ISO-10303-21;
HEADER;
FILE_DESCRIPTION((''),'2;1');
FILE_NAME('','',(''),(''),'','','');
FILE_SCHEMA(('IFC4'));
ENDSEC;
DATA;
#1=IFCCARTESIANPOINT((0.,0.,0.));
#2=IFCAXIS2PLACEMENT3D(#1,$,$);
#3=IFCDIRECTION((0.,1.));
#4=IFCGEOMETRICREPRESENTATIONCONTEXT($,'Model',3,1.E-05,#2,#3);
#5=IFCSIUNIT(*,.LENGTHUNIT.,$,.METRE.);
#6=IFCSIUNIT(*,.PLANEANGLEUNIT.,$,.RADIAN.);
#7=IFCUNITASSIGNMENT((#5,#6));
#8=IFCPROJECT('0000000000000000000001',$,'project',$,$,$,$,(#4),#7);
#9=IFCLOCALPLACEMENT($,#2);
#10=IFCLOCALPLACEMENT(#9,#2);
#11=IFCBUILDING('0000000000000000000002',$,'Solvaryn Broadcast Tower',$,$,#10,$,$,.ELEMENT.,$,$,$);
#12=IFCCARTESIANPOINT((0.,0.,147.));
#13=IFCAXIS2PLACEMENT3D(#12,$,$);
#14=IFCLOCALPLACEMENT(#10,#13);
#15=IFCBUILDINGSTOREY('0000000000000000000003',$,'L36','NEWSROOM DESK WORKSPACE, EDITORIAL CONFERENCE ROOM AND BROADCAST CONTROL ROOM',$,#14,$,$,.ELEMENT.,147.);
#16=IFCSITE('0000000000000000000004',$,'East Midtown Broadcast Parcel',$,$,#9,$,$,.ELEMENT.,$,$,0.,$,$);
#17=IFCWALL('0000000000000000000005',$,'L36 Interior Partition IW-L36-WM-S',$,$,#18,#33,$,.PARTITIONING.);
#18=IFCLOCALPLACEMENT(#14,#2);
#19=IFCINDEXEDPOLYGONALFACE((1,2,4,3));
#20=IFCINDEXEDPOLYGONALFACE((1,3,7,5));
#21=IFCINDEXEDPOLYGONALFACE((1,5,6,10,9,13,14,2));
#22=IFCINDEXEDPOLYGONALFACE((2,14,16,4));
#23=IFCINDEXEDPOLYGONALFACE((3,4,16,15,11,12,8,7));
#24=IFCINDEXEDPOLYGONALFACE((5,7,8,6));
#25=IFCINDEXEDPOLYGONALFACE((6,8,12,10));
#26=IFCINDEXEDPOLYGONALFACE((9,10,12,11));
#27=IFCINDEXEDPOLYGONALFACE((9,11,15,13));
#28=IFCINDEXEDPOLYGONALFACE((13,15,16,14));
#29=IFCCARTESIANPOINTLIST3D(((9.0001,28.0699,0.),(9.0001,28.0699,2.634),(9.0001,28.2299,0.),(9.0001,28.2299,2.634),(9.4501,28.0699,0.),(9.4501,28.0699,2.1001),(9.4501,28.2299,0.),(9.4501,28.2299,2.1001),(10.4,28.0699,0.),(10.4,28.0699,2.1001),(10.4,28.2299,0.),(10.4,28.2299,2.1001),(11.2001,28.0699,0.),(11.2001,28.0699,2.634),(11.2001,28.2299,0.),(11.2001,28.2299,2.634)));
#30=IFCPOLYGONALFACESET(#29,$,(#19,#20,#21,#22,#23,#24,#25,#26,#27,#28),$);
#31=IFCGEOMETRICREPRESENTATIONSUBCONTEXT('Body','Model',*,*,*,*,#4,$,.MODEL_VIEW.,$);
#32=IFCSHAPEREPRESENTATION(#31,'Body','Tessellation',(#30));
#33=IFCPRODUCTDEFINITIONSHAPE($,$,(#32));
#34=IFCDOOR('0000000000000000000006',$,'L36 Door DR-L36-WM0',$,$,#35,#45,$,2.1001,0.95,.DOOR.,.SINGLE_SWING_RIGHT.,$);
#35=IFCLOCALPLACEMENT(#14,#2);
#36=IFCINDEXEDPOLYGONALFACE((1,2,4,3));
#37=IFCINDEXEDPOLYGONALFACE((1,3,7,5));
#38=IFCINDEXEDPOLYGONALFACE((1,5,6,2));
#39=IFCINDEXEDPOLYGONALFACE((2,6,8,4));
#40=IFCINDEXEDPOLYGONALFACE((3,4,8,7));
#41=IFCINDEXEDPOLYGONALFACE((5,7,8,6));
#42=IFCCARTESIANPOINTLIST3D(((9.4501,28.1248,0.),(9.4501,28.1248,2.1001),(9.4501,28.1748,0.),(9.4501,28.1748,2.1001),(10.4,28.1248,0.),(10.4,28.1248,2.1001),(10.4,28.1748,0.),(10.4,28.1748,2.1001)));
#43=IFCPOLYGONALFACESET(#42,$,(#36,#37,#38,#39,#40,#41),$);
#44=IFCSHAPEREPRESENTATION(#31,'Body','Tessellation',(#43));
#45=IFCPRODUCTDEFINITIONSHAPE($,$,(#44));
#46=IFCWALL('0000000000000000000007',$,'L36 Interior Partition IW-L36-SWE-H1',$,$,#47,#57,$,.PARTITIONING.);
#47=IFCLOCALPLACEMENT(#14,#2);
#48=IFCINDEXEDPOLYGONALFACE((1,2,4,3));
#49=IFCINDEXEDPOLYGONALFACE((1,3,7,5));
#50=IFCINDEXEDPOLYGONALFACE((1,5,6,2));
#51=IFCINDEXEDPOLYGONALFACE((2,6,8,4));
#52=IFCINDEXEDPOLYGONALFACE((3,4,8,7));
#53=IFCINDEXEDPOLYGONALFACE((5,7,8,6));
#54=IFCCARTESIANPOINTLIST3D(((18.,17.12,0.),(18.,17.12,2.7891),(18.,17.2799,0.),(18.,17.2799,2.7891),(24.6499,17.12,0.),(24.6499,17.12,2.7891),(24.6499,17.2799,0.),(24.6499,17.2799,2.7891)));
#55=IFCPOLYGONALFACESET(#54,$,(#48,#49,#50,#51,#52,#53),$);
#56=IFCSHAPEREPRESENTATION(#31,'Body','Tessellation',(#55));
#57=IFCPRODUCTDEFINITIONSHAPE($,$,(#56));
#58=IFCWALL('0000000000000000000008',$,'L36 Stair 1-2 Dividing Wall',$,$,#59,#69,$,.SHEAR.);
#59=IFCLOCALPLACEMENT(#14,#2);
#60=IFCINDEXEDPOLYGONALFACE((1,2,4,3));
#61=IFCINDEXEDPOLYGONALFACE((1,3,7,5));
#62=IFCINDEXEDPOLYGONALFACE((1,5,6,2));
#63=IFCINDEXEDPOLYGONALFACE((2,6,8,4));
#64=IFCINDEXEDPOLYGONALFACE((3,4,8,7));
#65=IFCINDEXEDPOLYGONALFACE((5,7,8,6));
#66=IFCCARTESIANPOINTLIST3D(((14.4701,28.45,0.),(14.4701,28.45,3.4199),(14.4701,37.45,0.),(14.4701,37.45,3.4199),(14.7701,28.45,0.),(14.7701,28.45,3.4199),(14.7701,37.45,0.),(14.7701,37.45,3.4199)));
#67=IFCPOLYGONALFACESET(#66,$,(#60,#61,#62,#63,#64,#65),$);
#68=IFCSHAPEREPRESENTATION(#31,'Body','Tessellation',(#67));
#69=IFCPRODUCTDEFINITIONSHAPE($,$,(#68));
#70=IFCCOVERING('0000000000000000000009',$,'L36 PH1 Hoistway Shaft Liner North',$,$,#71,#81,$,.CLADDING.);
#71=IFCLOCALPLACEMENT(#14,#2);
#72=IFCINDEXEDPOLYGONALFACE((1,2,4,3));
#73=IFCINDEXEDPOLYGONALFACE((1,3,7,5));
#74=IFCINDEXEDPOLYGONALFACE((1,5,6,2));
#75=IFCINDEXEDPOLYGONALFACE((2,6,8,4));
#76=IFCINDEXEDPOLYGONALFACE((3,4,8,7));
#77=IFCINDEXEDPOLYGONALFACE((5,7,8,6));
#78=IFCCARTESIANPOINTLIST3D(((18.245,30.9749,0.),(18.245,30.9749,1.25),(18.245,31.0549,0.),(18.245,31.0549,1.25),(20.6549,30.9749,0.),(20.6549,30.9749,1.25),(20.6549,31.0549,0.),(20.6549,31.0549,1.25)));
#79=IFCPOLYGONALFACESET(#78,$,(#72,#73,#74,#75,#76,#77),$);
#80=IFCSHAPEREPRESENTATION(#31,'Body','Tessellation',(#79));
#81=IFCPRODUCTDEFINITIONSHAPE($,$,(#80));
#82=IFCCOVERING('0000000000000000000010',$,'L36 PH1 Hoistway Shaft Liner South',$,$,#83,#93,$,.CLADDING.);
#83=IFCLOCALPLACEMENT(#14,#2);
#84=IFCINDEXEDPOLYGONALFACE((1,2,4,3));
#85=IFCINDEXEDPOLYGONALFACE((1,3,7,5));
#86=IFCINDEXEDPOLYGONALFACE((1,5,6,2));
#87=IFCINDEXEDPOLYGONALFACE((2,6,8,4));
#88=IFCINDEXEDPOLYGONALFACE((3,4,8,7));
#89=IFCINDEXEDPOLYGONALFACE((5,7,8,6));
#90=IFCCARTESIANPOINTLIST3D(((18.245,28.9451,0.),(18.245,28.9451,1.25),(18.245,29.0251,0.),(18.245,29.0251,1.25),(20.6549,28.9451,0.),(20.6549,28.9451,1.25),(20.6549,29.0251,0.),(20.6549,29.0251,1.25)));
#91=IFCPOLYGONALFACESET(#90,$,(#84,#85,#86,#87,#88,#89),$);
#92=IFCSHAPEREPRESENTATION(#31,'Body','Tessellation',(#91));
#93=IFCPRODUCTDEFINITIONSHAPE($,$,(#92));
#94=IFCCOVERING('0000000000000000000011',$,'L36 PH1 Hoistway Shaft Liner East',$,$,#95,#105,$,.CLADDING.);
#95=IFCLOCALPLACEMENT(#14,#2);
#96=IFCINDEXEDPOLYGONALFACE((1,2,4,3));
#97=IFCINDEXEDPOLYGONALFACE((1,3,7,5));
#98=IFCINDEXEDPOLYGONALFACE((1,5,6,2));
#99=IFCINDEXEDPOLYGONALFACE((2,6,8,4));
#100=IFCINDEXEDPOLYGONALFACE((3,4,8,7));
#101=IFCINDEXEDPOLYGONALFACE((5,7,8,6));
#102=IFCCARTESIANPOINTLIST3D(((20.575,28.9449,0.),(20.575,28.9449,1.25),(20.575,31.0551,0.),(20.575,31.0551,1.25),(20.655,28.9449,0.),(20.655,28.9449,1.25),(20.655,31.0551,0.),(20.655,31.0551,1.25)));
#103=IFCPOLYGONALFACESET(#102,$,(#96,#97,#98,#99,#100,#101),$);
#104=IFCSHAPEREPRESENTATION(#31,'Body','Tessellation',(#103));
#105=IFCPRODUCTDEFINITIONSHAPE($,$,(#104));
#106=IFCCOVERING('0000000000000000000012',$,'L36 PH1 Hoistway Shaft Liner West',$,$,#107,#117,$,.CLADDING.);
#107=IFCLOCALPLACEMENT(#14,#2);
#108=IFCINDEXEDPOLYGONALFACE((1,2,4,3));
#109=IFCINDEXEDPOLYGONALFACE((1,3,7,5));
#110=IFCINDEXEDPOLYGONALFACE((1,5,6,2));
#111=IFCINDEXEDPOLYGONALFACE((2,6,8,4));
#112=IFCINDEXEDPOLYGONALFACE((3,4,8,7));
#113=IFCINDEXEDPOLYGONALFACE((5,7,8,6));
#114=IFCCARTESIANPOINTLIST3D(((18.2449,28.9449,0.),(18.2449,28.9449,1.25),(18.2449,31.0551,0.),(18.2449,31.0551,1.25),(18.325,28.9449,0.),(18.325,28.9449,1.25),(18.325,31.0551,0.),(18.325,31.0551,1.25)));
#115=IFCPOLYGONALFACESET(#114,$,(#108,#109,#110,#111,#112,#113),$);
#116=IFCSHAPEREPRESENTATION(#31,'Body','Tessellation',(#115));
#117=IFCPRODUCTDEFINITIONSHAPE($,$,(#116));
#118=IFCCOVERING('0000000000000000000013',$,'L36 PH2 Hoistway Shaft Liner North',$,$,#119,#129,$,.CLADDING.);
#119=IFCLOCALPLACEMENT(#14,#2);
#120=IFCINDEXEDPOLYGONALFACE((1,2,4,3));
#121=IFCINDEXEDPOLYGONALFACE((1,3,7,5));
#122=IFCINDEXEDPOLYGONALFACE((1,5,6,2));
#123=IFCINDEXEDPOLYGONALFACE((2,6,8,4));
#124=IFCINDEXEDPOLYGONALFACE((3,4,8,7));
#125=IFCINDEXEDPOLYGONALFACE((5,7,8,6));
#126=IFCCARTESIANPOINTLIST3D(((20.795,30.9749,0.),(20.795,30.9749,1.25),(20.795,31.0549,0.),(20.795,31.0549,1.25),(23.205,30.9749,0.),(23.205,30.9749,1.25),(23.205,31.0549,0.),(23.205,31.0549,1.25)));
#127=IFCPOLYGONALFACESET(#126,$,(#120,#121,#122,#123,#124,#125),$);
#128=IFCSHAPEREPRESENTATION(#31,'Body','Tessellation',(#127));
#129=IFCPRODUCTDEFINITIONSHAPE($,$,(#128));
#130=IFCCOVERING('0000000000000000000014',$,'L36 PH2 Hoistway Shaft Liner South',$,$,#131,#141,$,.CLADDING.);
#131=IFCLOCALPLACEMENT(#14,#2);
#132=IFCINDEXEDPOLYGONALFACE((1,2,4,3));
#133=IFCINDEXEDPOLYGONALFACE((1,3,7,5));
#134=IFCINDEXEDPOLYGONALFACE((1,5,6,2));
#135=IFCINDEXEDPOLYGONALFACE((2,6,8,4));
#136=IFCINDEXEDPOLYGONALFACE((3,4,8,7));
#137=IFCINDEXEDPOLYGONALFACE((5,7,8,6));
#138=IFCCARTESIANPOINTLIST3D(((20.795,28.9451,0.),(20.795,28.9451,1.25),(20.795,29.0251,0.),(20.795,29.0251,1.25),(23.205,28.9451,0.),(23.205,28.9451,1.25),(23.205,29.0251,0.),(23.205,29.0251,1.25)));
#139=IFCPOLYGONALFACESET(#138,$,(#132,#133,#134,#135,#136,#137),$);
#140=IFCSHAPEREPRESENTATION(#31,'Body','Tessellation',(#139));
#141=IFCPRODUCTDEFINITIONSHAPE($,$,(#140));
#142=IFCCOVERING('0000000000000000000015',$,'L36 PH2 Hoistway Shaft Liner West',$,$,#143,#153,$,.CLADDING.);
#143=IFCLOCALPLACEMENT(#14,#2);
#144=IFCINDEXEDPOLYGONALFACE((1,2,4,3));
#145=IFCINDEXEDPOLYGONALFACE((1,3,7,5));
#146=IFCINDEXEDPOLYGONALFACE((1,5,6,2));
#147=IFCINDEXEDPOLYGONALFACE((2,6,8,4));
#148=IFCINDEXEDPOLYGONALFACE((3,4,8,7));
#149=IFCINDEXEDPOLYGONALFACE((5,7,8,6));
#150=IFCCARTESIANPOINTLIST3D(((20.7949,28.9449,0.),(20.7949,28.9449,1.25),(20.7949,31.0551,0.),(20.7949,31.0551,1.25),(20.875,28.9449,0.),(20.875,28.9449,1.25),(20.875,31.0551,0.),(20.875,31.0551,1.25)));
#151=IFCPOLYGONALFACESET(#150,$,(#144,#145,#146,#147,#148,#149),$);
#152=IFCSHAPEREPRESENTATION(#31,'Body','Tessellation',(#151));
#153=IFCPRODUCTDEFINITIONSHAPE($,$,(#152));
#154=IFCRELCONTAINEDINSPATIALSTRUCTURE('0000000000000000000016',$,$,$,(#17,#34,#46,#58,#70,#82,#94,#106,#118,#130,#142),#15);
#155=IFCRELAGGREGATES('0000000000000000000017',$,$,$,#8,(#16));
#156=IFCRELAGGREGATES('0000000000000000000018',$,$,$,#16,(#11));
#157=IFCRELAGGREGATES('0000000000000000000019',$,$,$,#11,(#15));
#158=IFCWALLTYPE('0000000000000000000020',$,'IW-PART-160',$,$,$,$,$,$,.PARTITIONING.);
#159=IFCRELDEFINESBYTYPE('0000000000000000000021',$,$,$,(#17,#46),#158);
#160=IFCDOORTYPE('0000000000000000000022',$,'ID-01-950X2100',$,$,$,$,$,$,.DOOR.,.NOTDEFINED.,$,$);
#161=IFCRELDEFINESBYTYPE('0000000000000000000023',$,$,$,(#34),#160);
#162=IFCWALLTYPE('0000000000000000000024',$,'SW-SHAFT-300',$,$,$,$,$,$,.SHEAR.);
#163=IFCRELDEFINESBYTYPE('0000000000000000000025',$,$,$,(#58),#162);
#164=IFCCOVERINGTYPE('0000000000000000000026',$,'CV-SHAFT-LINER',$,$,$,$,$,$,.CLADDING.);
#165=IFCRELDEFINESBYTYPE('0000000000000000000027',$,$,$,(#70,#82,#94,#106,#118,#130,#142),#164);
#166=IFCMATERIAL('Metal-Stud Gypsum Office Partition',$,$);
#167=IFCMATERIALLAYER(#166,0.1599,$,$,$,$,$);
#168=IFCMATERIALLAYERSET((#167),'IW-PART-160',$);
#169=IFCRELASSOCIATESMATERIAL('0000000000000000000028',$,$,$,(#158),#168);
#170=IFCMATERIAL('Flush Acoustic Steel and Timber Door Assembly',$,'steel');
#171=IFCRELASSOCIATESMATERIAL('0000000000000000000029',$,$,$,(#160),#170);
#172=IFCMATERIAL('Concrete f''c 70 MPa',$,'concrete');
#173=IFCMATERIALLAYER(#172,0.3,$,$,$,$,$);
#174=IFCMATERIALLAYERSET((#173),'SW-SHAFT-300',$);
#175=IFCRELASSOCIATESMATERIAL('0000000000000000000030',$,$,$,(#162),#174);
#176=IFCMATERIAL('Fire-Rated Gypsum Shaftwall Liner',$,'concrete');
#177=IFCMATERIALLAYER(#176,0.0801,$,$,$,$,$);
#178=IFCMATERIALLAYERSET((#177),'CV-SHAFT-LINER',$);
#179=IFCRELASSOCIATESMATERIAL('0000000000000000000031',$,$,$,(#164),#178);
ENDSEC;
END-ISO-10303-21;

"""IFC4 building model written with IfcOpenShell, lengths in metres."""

from ifc_helpers import new_model, si_unit, direction, frame, frame_2d, origin, origin_2d, place, context, subcontext, project, spatial, rectangle, extrude, material, layer, layer_set, type_object, element, fill, save


model = new_model("IFC4")

# Units and contexts
model_context = context("Model", 3, precision=1e-05, world=origin(), true_north=direction((0.0, 1.0)))
body_context = subcontext(model_context, "Body", "Model", "MODEL_VIEW")
ifc_project = project(units=[si_unit("LENGTHUNIT", "METRE"), si_unit("PLANEANGLEUNIT", "RADIAN")], contexts=[model_context])

# Site, building, storey
site_placement = place(None, origin())
site = spatial("IfcSite", under=ifc_project, at=site_placement, Name="East Midtown Broadcast Parcel", CompositionType="ELEMENT", RefElevation=0.0)
building_placement = place(site_placement, origin())
building = spatial("IfcBuilding", under=site, at=building_placement, Name="Solvaryn Broadcast Tower", CompositionType="ELEMENT")
storey_placement = place(building_placement, frame((0.0, 0.0, 147.0)))
storey = spatial("IfcBuildingStorey", under=building, at=storey_placement, Name="L36", Description="NEWSROOM DESK WORKSPACE, EDITORIAL CONFERENCE ROOM AND BROADCAST CONTROL ROOM", CompositionType="ELEMENT", Elevation=147.0)

# Wall, opening, door
ifc_material_1 = material(Name="Metal-Stud Gypsum Office Partition")
ifc_layer_1 = layer(ifc_material_1, 0.1599)
ifc_layer_set_1 = layer_set([ifc_layer_1], Name="IW-PART-160")
wall_type_1 = type_object("IfcWallType", Name="IW-PART-160", PredefinedType="PARTITIONING", material=ifc_layer_set_1)
wall_1_placement = place(storey_placement, frame((9.0, 28.1499, 0.0), z_axis=(0.0, 0.0, 1.0), x_axis=(1.0, 0.0, 0.0)))
wall_1 = element("IfcWall", 1, at=wall_1_placement, inside=storey, type_object=wall_type_1, Name="L36 Interior Partition IW-L36-WM-S", PredefinedType="PARTITIONING", context=body_context, shape_type="SweptSolid", body=[
    extrude(rectangle(XDim=2.2, YDim=0.1599, at=frame_2d((1.1001, 0.0))), origin(), (0.0, 0.0, 1.0), 2.634),
])
opening_placement = place(wall_1_placement, frame((0.45, 0.0, 0.0)))
opening = element("IfcOpeningElement", 2, at=opening_placement, cuts=wall_1, PredefinedType="OPENING", context=body_context, shape_type="SweptSolid", body=[
    extrude(rectangle(XDim=0.95, YDim=2.1001, at=frame_2d((0.4751, 1.05))), frame((0.0, 0.0901, 0.0), z_axis=(0.0, -1.0, 0.0), x_axis=(1.0, 0.0, 0.0)), (0.0, 0.0, 1.0), 0.1799),
])
ifc_material_2 = material(Name="Flush Acoustic Steel and Timber Door Assembly", Category="steel")
door_type = type_object("IfcDoorType", Name="ID-01-950X2100", OperationType="NOTDEFINED", PredefinedType="DOOR", material=ifc_material_2)
door_placement = place(opening_placement, origin())
door = element("IfcDoor", 3, at=door_placement, inside=storey, type_object=door_type, Name="L36 Door DR-L36-WM0", OperationType="SINGLE_SWING_RIGHT", OverallHeight=2.1001, OverallWidth=0.95, PredefinedType="DOOR", context=body_context, shape_type="SweptSolid", body=[
    extrude(rectangle(XDim=0.95, YDim=2.1001, at=frame_2d((0.4751, 1.05))), frame((0.0, 0.0249, 0.0), z_axis=(0.0, -1.0, 0.0), x_axis=(1.0, 0.0, 0.0)), (0.0, 0.0, 1.0), 0.05),
])
fill(opening, door)

# Walls
wall_2_placement = place(storey_placement, frame((18.0, 17.2, 0.0), z_axis=(0.0, 0.0, 1.0), x_axis=(1.0, 0.0, 0.0)))
element("IfcWall", 4, at=wall_2_placement, inside=storey, type_object=wall_type_1, Name="L36 Interior Partition IW-L36-SWE-H1", PredefinedType="PARTITIONING", context=body_context, shape_type="SweptSolid", body=[
    extrude(rectangle(XDim=6.6499, YDim=0.1599, at=frame_2d((3.325, 0.0))), origin(), (0.0, 0.0, 1.0), 2.7891),
])
ifc_material_3 = material(Name="Concrete f'c 70 MPa", Category="concrete")
ifc_layer_2 = layer(ifc_material_3, 0.3)
ifc_layer_set_2 = layer_set([ifc_layer_2], Name="SW-SHAFT-300")
wall_type_2 = type_object("IfcWallType", Name="SW-SHAFT-300", PredefinedType="SHEAR", material=ifc_layer_set_2)
wall_3_placement = place(storey_placement, frame((14.6201, 28.45, 0.0), z_axis=(0.0, 0.0, 1.0), x_axis=(0.0, 1.0, 0.0)))
element("IfcWall", 5, at=wall_3_placement, inside=storey, type_object=wall_type_2, Name="L36 Stair 1-2 Dividing Wall", PredefinedType="SHEAR", context=body_context, shape_type="SweptSolid", body=[
    extrude(rectangle(XDim=9.0, YDim=0.3, at=frame_2d((4.5, 0.0))), origin(), (0.0, 0.0, 1.0), 3.4199),
])

# Coverings
ifc_material_4 = material(Name="Fire-Rated Gypsum Shaftwall Liner", Category="concrete")
ifc_layer_3 = layer(ifc_material_4, 0.0801)
ifc_layer_set_3 = layer_set([ifc_layer_3], Name="CV-SHAFT-LINER")
covering_type = type_object("IfcCoveringType", Name="CV-SHAFT-LINER", PredefinedType="CLADDING", material=ifc_layer_set_3)
for number, where, z_axis, x_axis, name in (
    (6, (19.45, 31.0149, 0.0), (0.0, 0.0, 1.0), (1.0, 0.0, 0.0), "L36 PH1 Hoistway Shaft Liner North"),
    (7, (19.45, 28.9851, 0.0), (0.0, 0.0, 1.0), (1.0, 0.0, 0.0), "L36 PH1 Hoistway Shaft Liner South"),
):
    element("IfcCovering", number, at=place(storey_placement, frame(where, z_axis=z_axis, x_axis=x_axis)), inside=storey, type_object=covering_type, Name=name, PredefinedType="CLADDING", context=body_context, shape_type="SweptSolid", body=[
        extrude(rectangle(XDim=2.4099, YDim=0.0801, at=origin_2d()), origin(), (0.0, 0.0, 1.0), 1.25),
    ])
for number, where, z_axis, x_axis, name in (
    (8, (20.615, 30.0, 0.0), (0.0, 0.0, 1.0), (1.0, 0.0, 0.0), "L36 PH1 Hoistway Shaft Liner East"),
    (9, (18.2849, 30.0, 0.0), (0.0, 0.0, 1.0), (1.0, 0.0, 0.0), "L36 PH1 Hoistway Shaft Liner West"),
):
    element("IfcCovering", number, at=place(storey_placement, frame(where, z_axis=z_axis, x_axis=x_axis)), inside=storey, type_object=covering_type, Name=name, PredefinedType="CLADDING", context=body_context, shape_type="SweptSolid", body=[
        extrude(rectangle(XDim=0.0801, YDim=2.1101, at=origin_2d()), origin(), (0.0, 0.0, 1.0), 1.25),
    ])
for number, where, z_axis, x_axis, name in (
    (10, (22.0, 31.0149, 0.0), (0.0, 0.0, 1.0), (1.0, 0.0, 0.0), "L36 PH2 Hoistway Shaft Liner North"),
    (11, (22.0, 28.9851, 0.0), (0.0, 0.0, 1.0), (1.0, 0.0, 0.0), "L36 PH2 Hoistway Shaft Liner South"),
):
    element("IfcCovering", number, at=place(storey_placement, frame(where, z_axis=z_axis, x_axis=x_axis)), inside=storey, type_object=covering_type, Name=name, PredefinedType="CLADDING", context=body_context, shape_type="SweptSolid", body=[
        extrude(rectangle(XDim=2.4099, YDim=0.0801, at=origin_2d()), origin(), (0.0, 0.0, 1.0), 1.25),
    ])
covering_placement = place(storey_placement, frame((20.835, 30.0, 0.0), z_axis=(0.0, 0.0, 1.0), x_axis=(1.0, 0.0, 0.0)))
element("IfcCovering", 12, at=covering_placement, inside=storey, type_object=covering_type, Name="L36 PH2 Hoistway Shaft Liner West", PredefinedType="CLADDING", context=body_context, shape_type="SweptSolid", body=[
    extrude(rectangle(XDim=0.0801, YDim=2.1101, at=origin_2d()), origin(), (0.0, 0.0, 1.0), 1.25),
])

save(model, "model.ifc")
